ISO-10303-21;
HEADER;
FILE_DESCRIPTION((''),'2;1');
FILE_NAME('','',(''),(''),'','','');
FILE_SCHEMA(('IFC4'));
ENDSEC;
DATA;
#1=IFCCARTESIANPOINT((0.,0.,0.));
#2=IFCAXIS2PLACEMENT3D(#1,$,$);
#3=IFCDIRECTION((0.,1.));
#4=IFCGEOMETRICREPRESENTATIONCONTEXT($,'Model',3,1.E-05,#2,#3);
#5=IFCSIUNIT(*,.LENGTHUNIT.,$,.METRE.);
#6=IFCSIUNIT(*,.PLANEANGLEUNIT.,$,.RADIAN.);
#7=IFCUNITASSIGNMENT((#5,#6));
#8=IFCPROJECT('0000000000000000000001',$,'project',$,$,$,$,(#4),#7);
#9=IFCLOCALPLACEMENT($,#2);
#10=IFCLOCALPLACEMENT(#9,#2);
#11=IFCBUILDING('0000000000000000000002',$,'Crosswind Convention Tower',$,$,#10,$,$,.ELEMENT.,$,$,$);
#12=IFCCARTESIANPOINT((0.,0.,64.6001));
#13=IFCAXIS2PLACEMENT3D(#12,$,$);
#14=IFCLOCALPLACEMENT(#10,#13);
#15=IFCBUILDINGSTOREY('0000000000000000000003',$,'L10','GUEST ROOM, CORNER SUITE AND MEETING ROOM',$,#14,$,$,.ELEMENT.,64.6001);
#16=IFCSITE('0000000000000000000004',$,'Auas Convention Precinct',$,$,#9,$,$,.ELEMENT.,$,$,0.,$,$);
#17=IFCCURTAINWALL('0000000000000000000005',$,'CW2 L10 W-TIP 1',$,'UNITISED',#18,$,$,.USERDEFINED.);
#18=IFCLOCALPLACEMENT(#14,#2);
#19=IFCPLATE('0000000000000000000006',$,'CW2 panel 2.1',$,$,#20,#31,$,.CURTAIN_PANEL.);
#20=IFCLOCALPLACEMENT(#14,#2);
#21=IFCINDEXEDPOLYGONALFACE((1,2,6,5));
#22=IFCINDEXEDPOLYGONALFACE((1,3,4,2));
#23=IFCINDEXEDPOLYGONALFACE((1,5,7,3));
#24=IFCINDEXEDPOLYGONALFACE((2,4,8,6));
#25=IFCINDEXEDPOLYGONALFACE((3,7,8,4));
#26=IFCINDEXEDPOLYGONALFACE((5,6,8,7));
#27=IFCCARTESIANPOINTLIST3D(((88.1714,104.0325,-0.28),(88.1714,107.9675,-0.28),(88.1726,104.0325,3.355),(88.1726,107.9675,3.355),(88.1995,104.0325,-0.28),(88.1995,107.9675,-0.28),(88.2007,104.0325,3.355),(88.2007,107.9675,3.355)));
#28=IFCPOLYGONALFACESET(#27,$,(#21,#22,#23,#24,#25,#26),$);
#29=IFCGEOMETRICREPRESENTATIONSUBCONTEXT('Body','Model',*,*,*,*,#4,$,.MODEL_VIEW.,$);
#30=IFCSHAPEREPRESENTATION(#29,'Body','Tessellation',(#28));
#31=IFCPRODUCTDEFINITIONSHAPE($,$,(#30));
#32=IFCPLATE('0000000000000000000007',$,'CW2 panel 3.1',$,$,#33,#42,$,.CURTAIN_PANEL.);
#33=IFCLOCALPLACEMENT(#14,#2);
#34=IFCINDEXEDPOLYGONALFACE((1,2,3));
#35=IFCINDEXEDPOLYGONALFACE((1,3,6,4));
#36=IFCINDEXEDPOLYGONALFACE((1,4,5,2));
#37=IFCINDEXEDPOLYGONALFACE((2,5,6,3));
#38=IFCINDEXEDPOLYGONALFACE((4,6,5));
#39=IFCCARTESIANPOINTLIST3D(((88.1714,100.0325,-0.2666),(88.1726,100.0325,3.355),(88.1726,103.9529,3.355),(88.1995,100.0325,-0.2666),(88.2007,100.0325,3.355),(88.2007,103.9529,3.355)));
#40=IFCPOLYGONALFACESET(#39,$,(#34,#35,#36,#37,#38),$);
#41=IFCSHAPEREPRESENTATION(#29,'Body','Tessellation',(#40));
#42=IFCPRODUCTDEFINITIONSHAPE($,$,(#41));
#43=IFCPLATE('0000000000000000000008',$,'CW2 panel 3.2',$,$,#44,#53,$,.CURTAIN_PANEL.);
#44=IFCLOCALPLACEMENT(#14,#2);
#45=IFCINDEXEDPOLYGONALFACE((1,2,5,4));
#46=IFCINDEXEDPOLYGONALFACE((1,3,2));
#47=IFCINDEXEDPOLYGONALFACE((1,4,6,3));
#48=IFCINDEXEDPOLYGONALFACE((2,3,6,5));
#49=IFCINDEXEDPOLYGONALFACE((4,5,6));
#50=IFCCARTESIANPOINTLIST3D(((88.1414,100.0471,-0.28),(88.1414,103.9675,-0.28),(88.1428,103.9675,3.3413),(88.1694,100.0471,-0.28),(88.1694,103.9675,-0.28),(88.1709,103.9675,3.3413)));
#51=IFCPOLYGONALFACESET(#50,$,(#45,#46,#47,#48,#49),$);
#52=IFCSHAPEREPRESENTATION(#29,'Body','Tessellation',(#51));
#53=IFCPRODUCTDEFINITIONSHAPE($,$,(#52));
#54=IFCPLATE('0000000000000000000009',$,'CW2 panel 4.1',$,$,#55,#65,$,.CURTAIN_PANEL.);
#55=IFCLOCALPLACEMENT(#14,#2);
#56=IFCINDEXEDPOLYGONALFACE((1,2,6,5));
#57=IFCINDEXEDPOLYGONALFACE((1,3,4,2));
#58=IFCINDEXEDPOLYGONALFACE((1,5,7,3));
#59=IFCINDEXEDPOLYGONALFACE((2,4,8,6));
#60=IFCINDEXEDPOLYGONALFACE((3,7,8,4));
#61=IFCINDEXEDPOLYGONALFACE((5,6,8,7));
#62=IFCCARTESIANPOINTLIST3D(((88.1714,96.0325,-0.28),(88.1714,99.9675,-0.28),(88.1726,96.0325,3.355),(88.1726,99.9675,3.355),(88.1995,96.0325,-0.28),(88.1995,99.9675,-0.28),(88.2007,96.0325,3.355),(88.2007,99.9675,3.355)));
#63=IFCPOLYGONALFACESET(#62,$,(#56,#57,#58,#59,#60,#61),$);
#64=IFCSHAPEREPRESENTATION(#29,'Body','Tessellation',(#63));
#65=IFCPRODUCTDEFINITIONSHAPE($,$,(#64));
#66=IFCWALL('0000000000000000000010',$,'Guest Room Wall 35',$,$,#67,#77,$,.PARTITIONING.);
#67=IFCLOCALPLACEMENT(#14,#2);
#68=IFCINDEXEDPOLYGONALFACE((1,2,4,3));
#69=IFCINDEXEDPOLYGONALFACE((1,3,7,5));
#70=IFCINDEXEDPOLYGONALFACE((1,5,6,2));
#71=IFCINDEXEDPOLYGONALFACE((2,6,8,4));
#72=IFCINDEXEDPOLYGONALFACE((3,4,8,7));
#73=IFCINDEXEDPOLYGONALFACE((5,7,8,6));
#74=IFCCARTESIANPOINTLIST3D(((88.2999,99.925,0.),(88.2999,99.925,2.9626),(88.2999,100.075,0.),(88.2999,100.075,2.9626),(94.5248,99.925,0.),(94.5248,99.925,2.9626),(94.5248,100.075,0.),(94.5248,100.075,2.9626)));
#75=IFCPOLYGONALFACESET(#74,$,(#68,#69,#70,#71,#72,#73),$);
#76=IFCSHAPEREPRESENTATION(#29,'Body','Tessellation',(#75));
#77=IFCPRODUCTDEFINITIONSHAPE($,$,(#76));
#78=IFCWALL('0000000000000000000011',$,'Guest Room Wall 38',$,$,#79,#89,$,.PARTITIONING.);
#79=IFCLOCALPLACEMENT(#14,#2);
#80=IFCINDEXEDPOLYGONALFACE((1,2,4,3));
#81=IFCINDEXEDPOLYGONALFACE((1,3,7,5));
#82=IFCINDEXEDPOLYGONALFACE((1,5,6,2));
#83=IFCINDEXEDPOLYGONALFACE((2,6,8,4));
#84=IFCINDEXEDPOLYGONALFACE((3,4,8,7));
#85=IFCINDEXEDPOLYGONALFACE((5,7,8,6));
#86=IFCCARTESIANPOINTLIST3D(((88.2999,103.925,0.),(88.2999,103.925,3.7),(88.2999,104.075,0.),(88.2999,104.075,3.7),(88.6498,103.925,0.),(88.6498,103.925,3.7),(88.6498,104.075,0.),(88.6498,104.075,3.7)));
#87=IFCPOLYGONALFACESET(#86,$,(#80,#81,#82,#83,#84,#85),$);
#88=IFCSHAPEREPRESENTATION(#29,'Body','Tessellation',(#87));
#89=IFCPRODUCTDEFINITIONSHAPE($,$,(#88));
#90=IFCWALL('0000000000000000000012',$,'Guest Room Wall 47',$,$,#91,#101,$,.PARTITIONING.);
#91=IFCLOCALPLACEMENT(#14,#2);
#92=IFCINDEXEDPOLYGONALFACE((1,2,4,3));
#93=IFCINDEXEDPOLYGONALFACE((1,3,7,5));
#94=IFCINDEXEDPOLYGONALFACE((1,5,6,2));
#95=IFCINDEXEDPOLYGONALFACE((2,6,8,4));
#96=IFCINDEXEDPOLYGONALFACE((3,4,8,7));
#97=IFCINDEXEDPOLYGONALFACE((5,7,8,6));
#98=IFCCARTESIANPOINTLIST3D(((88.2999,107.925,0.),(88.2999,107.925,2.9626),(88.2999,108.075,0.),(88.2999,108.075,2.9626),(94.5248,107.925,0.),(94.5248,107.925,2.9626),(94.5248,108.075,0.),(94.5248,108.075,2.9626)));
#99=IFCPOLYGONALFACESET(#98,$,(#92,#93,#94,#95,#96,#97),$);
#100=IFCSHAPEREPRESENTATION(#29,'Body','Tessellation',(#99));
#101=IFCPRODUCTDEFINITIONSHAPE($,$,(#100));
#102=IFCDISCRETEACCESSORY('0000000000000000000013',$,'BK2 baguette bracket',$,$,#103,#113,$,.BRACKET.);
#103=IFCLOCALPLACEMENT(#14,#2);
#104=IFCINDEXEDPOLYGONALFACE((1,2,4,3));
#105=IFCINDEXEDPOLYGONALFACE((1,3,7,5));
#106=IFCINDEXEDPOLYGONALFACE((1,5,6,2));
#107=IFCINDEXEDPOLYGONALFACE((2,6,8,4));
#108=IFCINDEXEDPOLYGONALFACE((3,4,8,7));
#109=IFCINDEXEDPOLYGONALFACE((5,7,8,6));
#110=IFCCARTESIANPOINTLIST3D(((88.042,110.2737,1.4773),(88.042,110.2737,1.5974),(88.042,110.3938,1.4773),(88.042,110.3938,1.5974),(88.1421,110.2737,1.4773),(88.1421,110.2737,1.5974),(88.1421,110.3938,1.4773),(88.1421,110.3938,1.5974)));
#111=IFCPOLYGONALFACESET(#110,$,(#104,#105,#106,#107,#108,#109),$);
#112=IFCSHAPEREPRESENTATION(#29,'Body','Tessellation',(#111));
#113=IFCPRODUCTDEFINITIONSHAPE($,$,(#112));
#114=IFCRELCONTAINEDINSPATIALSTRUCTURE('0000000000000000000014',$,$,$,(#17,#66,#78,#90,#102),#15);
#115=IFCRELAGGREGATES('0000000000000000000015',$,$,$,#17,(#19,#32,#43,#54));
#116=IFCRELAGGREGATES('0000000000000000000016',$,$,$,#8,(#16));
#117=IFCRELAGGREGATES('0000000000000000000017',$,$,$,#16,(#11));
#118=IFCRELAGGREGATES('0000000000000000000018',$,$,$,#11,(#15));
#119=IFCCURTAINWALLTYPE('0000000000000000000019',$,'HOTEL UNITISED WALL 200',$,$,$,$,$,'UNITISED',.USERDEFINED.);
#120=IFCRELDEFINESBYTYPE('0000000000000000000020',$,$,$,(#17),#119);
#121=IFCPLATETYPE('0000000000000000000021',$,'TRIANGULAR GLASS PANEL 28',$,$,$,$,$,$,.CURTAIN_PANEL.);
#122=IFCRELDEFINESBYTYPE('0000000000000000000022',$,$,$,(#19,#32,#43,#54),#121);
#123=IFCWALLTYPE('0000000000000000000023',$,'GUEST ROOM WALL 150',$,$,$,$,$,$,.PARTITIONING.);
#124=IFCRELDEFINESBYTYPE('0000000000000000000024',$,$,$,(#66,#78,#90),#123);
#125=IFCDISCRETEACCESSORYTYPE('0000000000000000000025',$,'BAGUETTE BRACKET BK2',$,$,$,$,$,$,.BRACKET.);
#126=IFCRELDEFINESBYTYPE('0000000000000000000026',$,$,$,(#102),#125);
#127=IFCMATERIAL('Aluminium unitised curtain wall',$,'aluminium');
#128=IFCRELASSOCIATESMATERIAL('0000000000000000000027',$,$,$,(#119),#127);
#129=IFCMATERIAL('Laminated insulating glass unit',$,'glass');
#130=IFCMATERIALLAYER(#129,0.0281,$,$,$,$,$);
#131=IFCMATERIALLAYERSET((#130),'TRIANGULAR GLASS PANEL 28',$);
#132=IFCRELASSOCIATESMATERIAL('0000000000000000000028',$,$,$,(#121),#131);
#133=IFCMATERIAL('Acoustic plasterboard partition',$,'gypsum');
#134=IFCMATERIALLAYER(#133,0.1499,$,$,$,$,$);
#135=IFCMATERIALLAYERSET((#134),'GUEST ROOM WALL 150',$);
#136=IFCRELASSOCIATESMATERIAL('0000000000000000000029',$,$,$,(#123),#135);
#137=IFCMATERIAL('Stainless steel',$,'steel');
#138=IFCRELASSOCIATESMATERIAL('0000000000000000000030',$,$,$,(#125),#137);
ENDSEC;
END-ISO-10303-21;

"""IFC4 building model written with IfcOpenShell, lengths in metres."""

from ifc_helpers import new_model, si_unit, direction, frame, frame_2d, origin, origin_2d, place, context, subcontext, project, spatial, polyline, rectangle, outline, extrude, material, layer, layer_set, type_object, element, aggregate, save


model = new_model("IFC4")

# Units and contexts
model_context = context("Model", 3, precision=1e-05, world=origin(), true_north=direction((0.0, 1.0)))
body_context = subcontext(model_context, "Body", "Model", "MODEL_VIEW")
ifc_project = project(units=[si_unit("LENGTHUNIT", "METRE"), si_unit("PLANEANGLEUNIT", "RADIAN")], contexts=[model_context])

# Site, building, storey
site_placement = place(None, origin())
site = spatial("IfcSite", under=ifc_project, at=site_placement, Name="Auas Convention Precinct", CompositionType="ELEMENT", RefElevation=0.0)
building_placement = place(site_placement, origin())
building = spatial("IfcBuilding", under=site, at=building_placement, Name="Crosswind Convention Tower", CompositionType="ELEMENT")
storey_placement = place(building_placement, frame((0.0, 0.0, 64.6001)))
storey = spatial("IfcBuildingStorey", under=building, at=storey_placement, Name="L10", Description="GUEST ROOM, CORNER SUITE AND MEETING ROOM", CompositionType="ELEMENT", Elevation=64.6001)

# Curtain wall
ifc_material_1 = material(Name="Aluminium unitised curtain wall", Category="aluminium")
curtain_wall_type = type_object("IfcCurtainWallType", Name="HOTEL UNITISED WALL 200", ElementType="UNITISED", PredefinedType="USERDEFINED", material=ifc_material_1)
curtain_wall_placement = place(storey_placement, origin())
curtain_wall = element("IfcCurtainWall", 1, at=curtain_wall_placement, inside=storey, type_object=curtain_wall_type, Name="CW2 L10 W-TIP 1", ObjectType="UNITISED", PredefinedType="USERDEFINED")

# Plates
ifc_material_2 = material(Name="Laminated insulating glass unit", Category="glass")
ifc_layer_1 = layer(ifc_material_2, 0.0281)
ifc_layer_set_1 = layer_set([ifc_layer_1], Name="TRIANGULAR GLASS PANEL 28")
plate_type = type_object("IfcPlateType", Name="TRIANGULAR GLASS PANEL 28", PredefinedType="CURTAIN_PANEL", material=ifc_layer_set_1)
plate_1_placement = place(storey_placement, frame((88.1714, 107.9675, -0.28), z_axis=(-1.0, 0.0, 0.000336), x_axis=(0.0, -1.0, 0.0)))
plate_1 = element("IfcPlate", 2, at=plate_1_placement, type_object=plate_type, Name="CW2 panel 2.1", PredefinedType="CURTAIN_PANEL", context=body_context, shape_type="SweptSolid", body=[
    extrude(outline(polyline([(0.0, 0.0), (3.9351, 0.0), (3.9351, 3.635), (0.0, 3.635), (0.0, 0.0)])), origin(), (0.0, 0.0, -1.0), 0.0281),
])
plate_2_placement = place(storey_placement, frame((88.1726, 100.0325, 3.355), z_axis=(-1.0, 0.0, 0.000337), x_axis=(0.0, 1.0, 0.0)))
plate_2 = element("IfcPlate", 3, at=plate_2_placement, type_object=plate_type, Name="CW2 panel 3.1", PredefinedType="CURTAIN_PANEL", context=body_context, shape_type="SweptSolid", body=[
    extrude(outline(polyline([(0.0, 0.0), (3.9204, 0.0), (0.0, 3.6216), (0.0, 0.0)])), origin(), (0.0, 0.0, -1.0), 0.0281),
])
plate_3_placement = place(storey_placement, frame((88.1414, 103.9675, -0.28), z_axis=(-1.0, 0.0, 0.000405), x_axis=(0.0, -1.0, 0.0)))
plate_3 = element("IfcPlate", 4, at=plate_3_placement, type_object=plate_type, Name="CW2 panel 3.2", PredefinedType="CURTAIN_PANEL", context=body_context, shape_type="SweptSolid", body=[
    extrude(outline(polyline([(0.0, 0.0), (3.9204, 0.0), (0.0, 3.6213), (0.0, 0.0)])), origin(), (0.0, 0.0, -1.0), 0.0281),
])
plate_4_placement = place(storey_placement, frame((88.1714, 99.9675, -0.28), z_axis=(-1.0, 0.0, 0.000336), x_axis=(0.0, -1.0, 0.0)))
plate_4 = element("IfcPlate", 5, at=plate_4_placement, type_object=plate_type, Name="CW2 panel 4.1", PredefinedType="CURTAIN_PANEL", context=body_context, shape_type="SweptSolid", body=[
    extrude(outline(polyline([(0.0, 0.0), (3.9351, 0.0), (3.9351, 3.635), (0.0, 3.635), (0.0, 0.0)])), origin(), (0.0, 0.0, -1.0), 0.0281),
])
aggregate(curtain_wall, [plate_1, plate_2, plate_3, plate_4])

# Walls
ifc_material_3 = material(Name="Acoustic plasterboard partition", Category="gypsum")
ifc_layer_2 = layer(ifc_material_3, 0.1499)
ifc_layer_set_2 = layer_set([ifc_layer_2], Name="GUEST ROOM WALL 150")
wall_type = type_object("IfcWallType", Name="GUEST ROOM WALL 150", PredefinedType="PARTITIONING", material=ifc_layer_set_2)
wall_1_placement = place(storey_placement, frame((88.3, 100.0, 0.0), z_axis=(0.0, 0.0, 1.0), x_axis=(1.0, 0.0, 0.0)))
element("IfcWall", 6, at=wall_1_placement, inside=storey, type_object=wall_type, Name="Guest Room Wall 35", PredefinedType="PARTITIONING", context=body_context, shape_type="SweptSolid", body=[
    extrude(rectangle(XDim=6.2249, YDim=0.1499, at=frame_2d((3.1123, 0.0))), origin(), (0.0, 0.0, 1.0), 2.9626),
])
wall_2_placement = place(storey_placement, frame((88.3, 104.0, 0.0), z_axis=(0.0, 0.0, 1.0), x_axis=(1.0, 0.0, 0.0)))
element("IfcWall", 7, at=wall_2_placement, inside=storey, type_object=wall_type, Name="Guest Room Wall 38", PredefinedType="PARTITIONING", context=body_context, shape_type="SweptSolid", body=[
    extrude(rectangle(XDim=0.3499, YDim=0.1499, at=frame_2d((0.1748, 0.0))), origin(), (0.0, 0.0, 1.0), 3.7),
])
wall_3_placement = place(storey_placement, frame((88.3, 108.0, 0.0), z_axis=(0.0, 0.0, 1.0), x_axis=(1.0, 0.0, 0.0)))
element("IfcWall", 8, at=wall_3_placement, inside=storey, type_object=wall_type, Name="Guest Room Wall 47", PredefinedType="PARTITIONING", context=body_context, shape_type="SweptSolid", body=[
    extrude(rectangle(XDim=6.2249, YDim=0.1499, at=frame_2d((3.1123, 0.0))), origin(), (0.0, 0.0, 1.0), 2.9626),
])

# Discrete accessory
ifc_material_4 = material(Name="Stainless steel", Category="steel")
discrete_accessory_type = type_object("IfcDiscreteAccessoryType", Name="BAGUETTE BRACKET BK2", PredefinedType="BRACKET", material=ifc_material_4)
discrete_accessory_placement = place(storey_placement, frame((88.092, 110.3337, 1.4773), z_axis=(0.0, 0.0, 1.0), x_axis=(0.0, -1.0, 0.0)))
element("IfcDiscreteAccessory", 9, at=discrete_accessory_placement, inside=storey, type_object=discrete_accessory_type, Name="BK2 baguette bracket", PredefinedType="BRACKET", context=body_context, shape_type="SweptSolid", body=[
    extrude(rectangle(XDim=0.1201, YDim=0.1001, at=origin_2d()), origin(), (0.0, 0.0, 1.0), 0.1201),
])

save(model, "model.ifc")
